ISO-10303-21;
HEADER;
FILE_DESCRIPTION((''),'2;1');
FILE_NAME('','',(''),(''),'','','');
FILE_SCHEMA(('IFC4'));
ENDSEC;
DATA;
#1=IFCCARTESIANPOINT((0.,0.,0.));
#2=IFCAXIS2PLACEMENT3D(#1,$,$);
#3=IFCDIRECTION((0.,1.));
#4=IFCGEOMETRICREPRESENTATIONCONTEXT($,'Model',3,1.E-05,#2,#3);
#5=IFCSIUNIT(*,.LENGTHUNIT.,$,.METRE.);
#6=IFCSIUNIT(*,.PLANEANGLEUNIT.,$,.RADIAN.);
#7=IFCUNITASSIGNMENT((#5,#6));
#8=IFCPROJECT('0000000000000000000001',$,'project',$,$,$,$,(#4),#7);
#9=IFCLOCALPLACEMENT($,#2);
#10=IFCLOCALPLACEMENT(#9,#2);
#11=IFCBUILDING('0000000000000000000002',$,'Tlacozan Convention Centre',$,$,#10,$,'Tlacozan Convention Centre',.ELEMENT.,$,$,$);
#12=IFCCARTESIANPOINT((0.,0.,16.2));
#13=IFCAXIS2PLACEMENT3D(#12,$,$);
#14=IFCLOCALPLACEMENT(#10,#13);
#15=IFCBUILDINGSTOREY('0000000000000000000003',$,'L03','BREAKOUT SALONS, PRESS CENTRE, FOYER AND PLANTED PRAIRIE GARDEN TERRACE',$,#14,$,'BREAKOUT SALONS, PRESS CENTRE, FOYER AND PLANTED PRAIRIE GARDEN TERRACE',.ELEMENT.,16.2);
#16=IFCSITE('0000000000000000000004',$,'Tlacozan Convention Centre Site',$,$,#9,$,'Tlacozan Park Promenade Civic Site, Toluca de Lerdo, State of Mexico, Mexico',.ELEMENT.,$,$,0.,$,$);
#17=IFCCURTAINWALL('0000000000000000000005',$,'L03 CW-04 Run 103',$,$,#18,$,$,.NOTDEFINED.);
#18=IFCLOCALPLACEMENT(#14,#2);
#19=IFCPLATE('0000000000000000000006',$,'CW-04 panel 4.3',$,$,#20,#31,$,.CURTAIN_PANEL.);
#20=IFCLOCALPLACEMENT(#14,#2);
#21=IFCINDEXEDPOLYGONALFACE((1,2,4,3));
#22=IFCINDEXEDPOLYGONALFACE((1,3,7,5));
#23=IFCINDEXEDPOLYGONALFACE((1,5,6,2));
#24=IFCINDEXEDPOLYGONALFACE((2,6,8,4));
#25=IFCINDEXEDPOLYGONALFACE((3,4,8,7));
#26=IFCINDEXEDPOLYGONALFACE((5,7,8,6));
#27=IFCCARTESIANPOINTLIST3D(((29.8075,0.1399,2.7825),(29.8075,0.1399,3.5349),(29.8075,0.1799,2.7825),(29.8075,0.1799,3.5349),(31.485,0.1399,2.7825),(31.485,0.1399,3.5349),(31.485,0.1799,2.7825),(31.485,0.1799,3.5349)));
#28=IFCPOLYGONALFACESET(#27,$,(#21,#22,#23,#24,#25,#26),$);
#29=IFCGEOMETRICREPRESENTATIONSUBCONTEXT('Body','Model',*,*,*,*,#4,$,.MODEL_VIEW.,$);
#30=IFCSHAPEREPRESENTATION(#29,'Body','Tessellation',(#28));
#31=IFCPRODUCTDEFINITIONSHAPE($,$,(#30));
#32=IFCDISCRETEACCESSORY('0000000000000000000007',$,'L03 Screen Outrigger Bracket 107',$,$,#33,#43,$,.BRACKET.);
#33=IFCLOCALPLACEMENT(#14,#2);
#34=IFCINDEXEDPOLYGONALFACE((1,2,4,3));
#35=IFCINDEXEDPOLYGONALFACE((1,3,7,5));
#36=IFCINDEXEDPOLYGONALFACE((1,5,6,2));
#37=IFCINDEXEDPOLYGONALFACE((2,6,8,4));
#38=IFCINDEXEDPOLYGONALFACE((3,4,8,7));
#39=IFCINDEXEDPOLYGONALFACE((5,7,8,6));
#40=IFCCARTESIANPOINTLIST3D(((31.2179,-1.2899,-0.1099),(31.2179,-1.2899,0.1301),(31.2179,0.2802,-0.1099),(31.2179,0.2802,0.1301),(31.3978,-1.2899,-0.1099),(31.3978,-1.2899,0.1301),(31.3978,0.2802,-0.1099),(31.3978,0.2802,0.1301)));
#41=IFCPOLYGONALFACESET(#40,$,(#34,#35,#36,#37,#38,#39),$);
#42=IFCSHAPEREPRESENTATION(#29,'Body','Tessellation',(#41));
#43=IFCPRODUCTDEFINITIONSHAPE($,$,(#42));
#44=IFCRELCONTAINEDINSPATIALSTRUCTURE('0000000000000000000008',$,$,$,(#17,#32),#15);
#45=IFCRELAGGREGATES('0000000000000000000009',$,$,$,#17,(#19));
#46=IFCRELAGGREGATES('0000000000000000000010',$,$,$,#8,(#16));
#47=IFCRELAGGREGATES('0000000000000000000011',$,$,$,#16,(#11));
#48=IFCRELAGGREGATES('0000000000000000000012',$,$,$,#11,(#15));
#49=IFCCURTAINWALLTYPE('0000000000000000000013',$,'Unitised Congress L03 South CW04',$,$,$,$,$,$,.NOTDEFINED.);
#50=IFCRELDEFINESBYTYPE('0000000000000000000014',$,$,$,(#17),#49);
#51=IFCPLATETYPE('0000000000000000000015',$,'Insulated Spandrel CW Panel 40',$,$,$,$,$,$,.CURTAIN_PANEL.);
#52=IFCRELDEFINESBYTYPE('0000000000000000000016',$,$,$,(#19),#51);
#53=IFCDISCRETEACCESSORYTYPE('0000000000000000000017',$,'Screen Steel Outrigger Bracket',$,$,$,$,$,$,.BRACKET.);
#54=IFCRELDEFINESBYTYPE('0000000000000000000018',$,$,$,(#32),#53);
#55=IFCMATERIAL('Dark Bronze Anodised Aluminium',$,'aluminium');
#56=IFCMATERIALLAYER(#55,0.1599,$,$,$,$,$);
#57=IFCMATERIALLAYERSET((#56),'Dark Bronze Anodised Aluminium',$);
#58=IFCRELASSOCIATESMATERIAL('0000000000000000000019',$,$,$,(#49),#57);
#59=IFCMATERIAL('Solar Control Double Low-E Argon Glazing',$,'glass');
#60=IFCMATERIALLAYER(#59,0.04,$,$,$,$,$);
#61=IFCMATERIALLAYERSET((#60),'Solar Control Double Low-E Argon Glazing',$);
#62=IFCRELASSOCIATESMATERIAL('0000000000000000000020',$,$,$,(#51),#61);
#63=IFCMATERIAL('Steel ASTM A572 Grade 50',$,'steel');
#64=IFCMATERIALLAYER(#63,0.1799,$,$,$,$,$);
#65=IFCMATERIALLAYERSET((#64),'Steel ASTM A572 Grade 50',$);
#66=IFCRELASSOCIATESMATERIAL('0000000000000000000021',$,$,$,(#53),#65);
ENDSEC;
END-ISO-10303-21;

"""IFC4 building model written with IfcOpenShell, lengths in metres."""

from ifc_helpers import new_model, si_unit, direction, frame, origin, origin_2d, place, context, subcontext, project, spatial, rectangle, extrude, material, layer, layer_set, type_object, element, aggregate, save


model = new_model("IFC4")

# Units and contexts
model_context = context("Model", 3, precision=1e-05, world=origin(), true_north=direction((0.0, 1.0)))
body_context = subcontext(model_context, "Body", "Model", "MODEL_VIEW")
ifc_project = project(units=[si_unit("LENGTHUNIT", "METRE"), si_unit("PLANEANGLEUNIT", "RADIAN")], contexts=[model_context])

# Site, building, storey
site_placement = place(None, origin())
site = spatial("IfcSite", under=ifc_project, at=site_placement, Name="Tlacozan Convention Centre Site", LongName="Tlacozan Park Promenade Civic Site, Toluca de Lerdo, State of Mexico, Mexico", CompositionType="ELEMENT", RefElevation=0.0)
building_placement = place(site_placement, origin())
building = spatial("IfcBuilding", under=site, at=building_placement, Name="Tlacozan Convention Centre", LongName="Tlacozan Convention Centre", CompositionType="ELEMENT")
storey_placement = place(building_placement, frame((0.0, 0.0, 16.2)))
storey = spatial("IfcBuildingStorey", under=building, at=storey_placement, Name="L03", Description="BREAKOUT SALONS, PRESS CENTRE, FOYER AND PLANTED PRAIRIE GARDEN TERRACE", LongName="BREAKOUT SALONS, PRESS CENTRE, FOYER AND PLANTED PRAIRIE GARDEN TERRACE", CompositionType="ELEMENT", Elevation=16.2)

# Curtain wall
ifc_material_1 = material(Name="Dark Bronze Anodised Aluminium", Category="aluminium")
ifc_layer_1 = layer(ifc_material_1, 0.1599)
ifc_layer_set_1 = layer_set([ifc_layer_1], Name="Dark Bronze Anodised Aluminium")
curtain_wall_type = type_object("IfcCurtainWallType", Name="Unitised Congress L03 South CW04", PredefinedType="NOTDEFINED", material=ifc_layer_set_1)
curtain_wall_1_placement = place(storey_placement, origin())
curtain_wall_1 = element("IfcCurtainWall", 1, at=curtain_wall_1_placement, inside=storey, type_object=curtain_wall_type, Name="L03 CW-04 Run 103", PredefinedType="NOTDEFINED")

# Plate
ifc_material_2 = material(Name="Solar Control Double Low-E Argon Glazing", Category="glass")
ifc_layer_2 = layer(ifc_material_2, 0.04)
ifc_layer_set_2 = layer_set([ifc_layer_2], Name="Solar Control Double Low-E Argon Glazing")
plate_type_1 = type_object("IfcPlateType", Name="Insulated Spandrel CW Panel 40", PredefinedType="CURTAIN_PANEL", material=ifc_layer_set_2)
plate_1_placement = place(storey_placement, frame((30.6462, 0.1599, 2.7825), z_axis=(0.0, 0.0, 1.0), x_axis=(1.0, 0.0, 0.0)))
plate_1 = element("IfcPlate", 2, at=plate_1_placement, type_object=plate_type_1, Name="CW-04 panel 4.3", PredefinedType="CURTAIN_PANEL", context=body_context, shape_type="SweptSolid", body=[
    extrude(rectangle(XDim=1.6775, YDim=0.04, at=origin_2d()), origin(), (0.0, 0.0, 1.0), 0.7524),
])
aggregate(curtain_wall_1, [plate_1])

# Discrete accessory
ifc_material_3 = material(Name="Steel ASTM A572 Grade 50", Category="steel")
ifc_layer_3 = layer(ifc_material_3, 0.1799)
ifc_layer_set_3 = layer_set([ifc_layer_3], Name="Steel ASTM A572 Grade 50")
discrete_accessory_type = type_object("IfcDiscreteAccessoryType", Name="Screen Steel Outrigger Bracket", PredefinedType="BRACKET", material=ifc_layer_set_3)
discrete_accessory_placement = place(storey_placement, frame((31.3079, -0.5049, -0.1099), z_axis=(0.0, 0.0, 1.0), x_axis=(0.0, 1.0, 0.0)))
element("IfcDiscreteAccessory", 3, at=discrete_accessory_placement, inside=storey, type_object=discrete_accessory_type, Name="L03 Screen Outrigger Bracket 107", PredefinedType="BRACKET", context=body_context, shape_type="SweptSolid", body=[
    extrude(rectangle(XDim=1.5701, YDim=0.1799, at=origin_2d()), origin(), (0.0, 0.0, 1.0), 0.24),
])

save(model, "model.ifc")
